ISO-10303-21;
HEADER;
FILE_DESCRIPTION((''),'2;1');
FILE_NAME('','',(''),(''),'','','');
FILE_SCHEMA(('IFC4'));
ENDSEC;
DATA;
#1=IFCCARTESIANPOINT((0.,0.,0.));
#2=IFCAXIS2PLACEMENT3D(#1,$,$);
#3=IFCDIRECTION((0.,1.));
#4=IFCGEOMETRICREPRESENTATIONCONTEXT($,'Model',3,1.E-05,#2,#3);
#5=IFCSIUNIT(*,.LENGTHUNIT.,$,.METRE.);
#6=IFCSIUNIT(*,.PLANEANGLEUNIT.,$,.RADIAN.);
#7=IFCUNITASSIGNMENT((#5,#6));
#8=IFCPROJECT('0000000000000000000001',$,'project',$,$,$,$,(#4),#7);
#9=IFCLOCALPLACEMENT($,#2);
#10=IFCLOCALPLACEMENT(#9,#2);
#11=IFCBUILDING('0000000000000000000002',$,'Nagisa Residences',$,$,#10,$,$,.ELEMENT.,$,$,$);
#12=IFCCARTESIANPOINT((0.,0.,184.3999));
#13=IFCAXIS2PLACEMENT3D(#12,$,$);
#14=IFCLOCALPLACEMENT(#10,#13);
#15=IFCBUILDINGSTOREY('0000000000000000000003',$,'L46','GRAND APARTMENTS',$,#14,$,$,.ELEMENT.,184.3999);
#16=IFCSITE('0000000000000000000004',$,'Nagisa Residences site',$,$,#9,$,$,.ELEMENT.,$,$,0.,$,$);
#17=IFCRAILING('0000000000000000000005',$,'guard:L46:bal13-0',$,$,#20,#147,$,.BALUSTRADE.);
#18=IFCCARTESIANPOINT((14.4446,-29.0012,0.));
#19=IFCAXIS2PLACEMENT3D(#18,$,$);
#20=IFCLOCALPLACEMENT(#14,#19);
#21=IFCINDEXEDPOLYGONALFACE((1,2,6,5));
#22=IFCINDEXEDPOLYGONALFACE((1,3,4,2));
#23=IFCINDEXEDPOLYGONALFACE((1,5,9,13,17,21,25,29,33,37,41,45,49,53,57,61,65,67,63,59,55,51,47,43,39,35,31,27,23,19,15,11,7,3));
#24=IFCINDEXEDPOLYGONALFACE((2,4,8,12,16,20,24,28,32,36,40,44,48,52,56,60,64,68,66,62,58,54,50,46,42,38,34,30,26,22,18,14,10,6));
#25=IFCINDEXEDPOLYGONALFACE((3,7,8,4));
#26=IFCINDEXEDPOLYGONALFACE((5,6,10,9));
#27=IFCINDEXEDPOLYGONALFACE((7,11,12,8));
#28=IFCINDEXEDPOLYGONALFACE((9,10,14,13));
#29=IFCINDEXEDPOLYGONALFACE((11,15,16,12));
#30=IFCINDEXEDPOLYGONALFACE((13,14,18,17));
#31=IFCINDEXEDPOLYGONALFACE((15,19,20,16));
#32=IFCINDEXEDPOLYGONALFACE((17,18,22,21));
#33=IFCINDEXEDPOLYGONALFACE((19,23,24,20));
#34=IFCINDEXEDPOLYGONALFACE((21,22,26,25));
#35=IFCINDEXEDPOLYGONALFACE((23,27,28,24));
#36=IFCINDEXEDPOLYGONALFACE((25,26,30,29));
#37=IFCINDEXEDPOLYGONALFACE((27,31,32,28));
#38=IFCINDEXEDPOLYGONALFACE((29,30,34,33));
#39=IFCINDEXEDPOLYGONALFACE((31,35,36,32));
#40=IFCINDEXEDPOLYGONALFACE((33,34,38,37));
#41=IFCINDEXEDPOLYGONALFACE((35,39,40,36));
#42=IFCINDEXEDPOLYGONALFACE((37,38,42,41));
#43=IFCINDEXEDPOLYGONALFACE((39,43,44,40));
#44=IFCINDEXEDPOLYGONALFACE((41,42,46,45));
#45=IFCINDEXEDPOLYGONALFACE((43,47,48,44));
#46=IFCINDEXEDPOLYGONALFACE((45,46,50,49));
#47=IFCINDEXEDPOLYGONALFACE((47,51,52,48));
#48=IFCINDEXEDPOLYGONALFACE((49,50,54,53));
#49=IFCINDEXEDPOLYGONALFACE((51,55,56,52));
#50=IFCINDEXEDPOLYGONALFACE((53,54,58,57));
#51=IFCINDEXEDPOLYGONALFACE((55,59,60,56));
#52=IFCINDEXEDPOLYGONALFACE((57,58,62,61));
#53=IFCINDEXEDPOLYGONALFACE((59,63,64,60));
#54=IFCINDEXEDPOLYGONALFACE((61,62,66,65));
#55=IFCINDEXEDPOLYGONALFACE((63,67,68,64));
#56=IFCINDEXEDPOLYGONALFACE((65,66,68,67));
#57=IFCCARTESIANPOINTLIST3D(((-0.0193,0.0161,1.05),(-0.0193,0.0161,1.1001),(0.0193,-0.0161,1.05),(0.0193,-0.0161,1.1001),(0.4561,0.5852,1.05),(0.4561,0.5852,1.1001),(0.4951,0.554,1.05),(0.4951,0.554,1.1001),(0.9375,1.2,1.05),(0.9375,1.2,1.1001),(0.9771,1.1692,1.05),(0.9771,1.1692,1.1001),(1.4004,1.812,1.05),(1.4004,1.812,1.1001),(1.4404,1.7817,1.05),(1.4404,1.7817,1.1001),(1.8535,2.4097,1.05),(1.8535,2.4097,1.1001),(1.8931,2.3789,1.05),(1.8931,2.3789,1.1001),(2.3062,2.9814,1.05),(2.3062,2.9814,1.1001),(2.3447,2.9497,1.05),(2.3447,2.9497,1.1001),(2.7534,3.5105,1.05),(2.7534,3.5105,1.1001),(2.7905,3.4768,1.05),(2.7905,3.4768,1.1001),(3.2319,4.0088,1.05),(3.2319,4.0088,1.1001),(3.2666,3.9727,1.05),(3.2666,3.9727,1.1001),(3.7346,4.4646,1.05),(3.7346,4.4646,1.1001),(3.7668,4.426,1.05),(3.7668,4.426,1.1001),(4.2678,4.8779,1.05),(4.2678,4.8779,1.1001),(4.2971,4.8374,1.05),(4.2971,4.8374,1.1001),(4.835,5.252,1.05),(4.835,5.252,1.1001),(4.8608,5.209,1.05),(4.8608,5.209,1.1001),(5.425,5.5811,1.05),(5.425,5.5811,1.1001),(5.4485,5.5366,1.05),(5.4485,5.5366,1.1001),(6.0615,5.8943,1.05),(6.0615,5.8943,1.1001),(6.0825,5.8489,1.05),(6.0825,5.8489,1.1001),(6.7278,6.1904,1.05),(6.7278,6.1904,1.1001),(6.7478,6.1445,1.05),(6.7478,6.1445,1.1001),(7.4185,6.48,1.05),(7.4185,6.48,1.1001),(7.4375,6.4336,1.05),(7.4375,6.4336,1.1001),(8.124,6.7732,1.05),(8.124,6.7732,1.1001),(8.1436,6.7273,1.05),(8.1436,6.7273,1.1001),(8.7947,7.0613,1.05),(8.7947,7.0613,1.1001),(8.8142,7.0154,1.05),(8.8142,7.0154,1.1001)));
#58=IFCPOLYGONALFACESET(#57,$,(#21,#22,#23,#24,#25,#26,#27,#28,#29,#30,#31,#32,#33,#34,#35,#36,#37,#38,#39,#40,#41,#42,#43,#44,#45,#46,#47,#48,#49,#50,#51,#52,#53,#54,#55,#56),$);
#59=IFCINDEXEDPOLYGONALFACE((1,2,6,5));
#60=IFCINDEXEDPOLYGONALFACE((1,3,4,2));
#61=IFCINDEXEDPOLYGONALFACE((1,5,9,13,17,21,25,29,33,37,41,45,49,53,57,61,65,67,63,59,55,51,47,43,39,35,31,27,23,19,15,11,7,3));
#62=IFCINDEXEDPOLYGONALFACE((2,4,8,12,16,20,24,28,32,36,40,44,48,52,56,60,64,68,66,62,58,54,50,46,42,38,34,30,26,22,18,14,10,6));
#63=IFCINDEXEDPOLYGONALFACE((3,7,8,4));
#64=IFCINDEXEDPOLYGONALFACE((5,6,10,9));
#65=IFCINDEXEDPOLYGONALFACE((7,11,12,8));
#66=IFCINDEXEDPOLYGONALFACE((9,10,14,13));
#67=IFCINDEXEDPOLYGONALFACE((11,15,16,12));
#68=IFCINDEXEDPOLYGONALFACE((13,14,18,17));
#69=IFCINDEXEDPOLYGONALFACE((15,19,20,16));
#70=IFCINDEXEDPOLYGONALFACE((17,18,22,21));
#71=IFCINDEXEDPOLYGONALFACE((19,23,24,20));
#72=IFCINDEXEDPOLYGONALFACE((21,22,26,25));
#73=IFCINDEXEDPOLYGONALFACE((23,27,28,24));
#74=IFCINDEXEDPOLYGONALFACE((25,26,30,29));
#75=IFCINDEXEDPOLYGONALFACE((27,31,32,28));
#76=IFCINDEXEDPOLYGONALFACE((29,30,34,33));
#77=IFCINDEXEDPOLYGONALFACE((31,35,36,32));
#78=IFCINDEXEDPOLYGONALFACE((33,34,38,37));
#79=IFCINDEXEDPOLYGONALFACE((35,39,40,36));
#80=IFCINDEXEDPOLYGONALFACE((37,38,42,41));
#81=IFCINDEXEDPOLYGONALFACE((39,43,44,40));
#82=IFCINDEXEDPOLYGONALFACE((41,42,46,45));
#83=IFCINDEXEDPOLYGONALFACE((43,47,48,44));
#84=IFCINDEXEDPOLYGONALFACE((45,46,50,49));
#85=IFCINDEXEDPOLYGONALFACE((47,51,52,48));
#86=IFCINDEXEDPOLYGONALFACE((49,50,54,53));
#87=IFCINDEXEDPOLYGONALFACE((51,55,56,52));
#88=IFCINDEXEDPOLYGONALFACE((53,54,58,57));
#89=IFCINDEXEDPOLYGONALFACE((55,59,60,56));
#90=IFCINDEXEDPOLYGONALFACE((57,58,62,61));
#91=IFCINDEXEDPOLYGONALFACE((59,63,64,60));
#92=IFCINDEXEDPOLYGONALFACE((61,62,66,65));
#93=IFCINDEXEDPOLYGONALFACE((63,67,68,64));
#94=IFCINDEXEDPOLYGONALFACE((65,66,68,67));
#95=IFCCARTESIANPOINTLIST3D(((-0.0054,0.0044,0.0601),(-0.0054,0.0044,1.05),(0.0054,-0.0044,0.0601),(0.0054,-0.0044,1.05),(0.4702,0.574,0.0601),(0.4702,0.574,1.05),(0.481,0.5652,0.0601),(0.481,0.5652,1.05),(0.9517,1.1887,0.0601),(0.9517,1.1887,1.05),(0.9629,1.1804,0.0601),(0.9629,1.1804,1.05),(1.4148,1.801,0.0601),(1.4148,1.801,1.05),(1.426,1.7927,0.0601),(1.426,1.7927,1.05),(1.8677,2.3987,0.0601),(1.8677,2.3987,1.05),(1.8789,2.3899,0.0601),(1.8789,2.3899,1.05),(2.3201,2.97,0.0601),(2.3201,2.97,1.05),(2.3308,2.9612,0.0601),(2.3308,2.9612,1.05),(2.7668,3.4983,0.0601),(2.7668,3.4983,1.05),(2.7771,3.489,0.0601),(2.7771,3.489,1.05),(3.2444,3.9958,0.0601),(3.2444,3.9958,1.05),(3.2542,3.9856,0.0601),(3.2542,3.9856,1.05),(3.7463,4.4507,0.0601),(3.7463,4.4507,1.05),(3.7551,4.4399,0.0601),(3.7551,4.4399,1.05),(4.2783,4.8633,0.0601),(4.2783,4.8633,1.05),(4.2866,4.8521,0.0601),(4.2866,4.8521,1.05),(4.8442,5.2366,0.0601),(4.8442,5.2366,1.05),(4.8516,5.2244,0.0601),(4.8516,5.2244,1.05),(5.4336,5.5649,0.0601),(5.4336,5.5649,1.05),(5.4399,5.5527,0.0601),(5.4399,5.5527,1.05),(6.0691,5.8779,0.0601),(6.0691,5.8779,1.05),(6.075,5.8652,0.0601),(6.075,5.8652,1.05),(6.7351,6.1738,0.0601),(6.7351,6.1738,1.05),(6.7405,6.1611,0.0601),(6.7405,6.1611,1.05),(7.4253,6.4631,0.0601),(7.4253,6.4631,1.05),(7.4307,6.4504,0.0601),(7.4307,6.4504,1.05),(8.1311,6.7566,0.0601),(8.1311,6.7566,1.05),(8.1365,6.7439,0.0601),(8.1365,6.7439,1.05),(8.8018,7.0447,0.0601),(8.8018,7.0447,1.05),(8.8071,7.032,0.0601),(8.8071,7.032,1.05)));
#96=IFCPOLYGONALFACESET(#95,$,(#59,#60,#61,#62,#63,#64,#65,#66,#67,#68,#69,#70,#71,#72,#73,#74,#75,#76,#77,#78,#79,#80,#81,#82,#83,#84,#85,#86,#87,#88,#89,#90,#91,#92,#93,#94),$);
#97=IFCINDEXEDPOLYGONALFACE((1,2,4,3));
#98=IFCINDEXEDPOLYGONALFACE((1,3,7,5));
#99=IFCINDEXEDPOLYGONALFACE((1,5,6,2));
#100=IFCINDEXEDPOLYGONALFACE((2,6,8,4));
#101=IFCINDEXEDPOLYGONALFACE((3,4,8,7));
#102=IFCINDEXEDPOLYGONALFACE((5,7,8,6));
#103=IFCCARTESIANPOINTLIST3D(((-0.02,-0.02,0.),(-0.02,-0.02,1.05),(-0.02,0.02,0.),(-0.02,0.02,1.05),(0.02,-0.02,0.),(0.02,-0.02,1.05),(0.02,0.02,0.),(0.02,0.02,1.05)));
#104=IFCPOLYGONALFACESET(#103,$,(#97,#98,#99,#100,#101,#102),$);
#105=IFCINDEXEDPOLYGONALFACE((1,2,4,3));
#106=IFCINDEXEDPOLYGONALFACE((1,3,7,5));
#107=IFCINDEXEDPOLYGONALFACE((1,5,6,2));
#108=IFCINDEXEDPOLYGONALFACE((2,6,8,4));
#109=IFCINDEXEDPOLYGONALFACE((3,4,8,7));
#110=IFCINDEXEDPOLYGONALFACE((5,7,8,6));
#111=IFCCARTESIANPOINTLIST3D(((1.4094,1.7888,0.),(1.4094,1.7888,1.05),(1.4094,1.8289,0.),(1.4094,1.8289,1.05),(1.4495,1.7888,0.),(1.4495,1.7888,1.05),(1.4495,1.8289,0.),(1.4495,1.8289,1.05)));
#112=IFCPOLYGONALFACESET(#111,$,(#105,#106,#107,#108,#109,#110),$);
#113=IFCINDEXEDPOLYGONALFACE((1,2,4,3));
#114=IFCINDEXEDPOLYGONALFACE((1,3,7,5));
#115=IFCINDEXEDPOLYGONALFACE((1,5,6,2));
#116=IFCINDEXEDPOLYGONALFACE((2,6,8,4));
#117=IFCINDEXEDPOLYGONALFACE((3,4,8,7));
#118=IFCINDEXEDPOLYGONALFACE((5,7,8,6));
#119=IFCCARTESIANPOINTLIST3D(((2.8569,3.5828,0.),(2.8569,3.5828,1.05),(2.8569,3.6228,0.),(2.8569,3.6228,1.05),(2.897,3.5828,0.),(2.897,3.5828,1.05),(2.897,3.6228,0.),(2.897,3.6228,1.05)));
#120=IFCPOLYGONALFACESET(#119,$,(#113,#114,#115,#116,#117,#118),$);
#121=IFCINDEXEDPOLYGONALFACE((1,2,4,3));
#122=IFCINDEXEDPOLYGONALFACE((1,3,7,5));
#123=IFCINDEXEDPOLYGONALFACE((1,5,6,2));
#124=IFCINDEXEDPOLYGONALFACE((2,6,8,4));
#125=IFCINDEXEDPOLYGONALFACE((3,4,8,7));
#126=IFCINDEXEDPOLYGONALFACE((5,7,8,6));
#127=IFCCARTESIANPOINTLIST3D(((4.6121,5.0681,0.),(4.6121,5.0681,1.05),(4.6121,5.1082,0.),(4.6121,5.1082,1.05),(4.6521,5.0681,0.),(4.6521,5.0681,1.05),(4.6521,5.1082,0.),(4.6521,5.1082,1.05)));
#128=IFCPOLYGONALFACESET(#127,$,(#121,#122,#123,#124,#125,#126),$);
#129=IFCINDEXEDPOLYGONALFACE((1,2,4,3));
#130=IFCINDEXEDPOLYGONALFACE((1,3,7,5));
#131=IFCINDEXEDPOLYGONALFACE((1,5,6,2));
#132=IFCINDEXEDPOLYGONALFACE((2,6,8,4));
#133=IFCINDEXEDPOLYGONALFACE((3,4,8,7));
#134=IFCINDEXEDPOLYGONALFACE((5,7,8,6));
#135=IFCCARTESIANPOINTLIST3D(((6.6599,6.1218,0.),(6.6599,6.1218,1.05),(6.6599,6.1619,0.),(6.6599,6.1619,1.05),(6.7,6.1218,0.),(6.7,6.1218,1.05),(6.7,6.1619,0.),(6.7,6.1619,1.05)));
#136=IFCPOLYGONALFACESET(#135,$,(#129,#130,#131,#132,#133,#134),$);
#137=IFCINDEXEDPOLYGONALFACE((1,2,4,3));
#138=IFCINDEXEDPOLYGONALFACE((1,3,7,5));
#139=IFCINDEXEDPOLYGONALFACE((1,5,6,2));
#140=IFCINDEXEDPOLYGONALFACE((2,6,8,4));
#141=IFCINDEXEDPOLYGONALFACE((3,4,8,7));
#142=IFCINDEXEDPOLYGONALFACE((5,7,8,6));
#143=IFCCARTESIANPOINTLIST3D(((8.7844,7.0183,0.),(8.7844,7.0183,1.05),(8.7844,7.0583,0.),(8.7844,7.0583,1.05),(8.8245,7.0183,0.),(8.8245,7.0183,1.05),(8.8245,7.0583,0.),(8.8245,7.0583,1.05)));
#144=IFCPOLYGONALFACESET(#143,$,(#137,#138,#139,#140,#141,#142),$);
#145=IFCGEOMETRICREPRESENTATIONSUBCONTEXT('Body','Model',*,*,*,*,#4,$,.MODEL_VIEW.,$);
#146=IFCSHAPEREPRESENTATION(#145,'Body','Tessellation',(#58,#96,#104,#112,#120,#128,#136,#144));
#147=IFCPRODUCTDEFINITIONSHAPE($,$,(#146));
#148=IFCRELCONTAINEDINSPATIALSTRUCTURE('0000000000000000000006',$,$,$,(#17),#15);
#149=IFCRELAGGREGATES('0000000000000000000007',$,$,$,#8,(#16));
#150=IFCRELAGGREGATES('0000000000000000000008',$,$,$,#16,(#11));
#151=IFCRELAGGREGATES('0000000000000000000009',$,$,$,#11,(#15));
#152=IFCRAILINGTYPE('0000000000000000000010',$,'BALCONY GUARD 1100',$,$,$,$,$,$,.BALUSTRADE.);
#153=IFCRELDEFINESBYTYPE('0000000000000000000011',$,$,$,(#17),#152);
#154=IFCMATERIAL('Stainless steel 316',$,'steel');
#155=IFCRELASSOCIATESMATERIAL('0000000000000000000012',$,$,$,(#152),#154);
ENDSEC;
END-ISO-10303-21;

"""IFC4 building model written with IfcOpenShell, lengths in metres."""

from ifc_helpers import new_model, si_unit, direction, frame, origin, origin_2d, place, context, subcontext, project, spatial, polyline, rectangle, outline, extrude, material, type_object, element, save


model = new_model("IFC4")

# Units and contexts
model_context = context("Model", 3, precision=1e-05, world=origin(), true_north=direction((0.0, 1.0)))
body_context = subcontext(model_context, "Body", "Model", "MODEL_VIEW")
ifc_project = project(units=[si_unit("LENGTHUNIT", "METRE"), si_unit("PLANEANGLEUNIT", "RADIAN")], contexts=[model_context])

# Site, building, storey
site_placement = place(None, origin())
site = spatial("IfcSite", under=ifc_project, at=site_placement, Name="Nagisa Residences site", CompositionType="ELEMENT", RefElevation=0.0)
building_placement = place(site_placement, origin())
building = spatial("IfcBuilding", under=site, at=building_placement, Name="Nagisa Residences", CompositionType="ELEMENT")
storey_placement = place(building_placement, frame((0.0, 0.0, 184.3999)))
storey = spatial("IfcBuildingStorey", under=building, at=storey_placement, Name="L46", Description="GRAND APARTMENTS", CompositionType="ELEMENT", Elevation=184.3999)

# Railing
ifc_material_1 = material(Name="Stainless steel 316", Category="steel")
railing_type = type_object("IfcRailingType", Name="BALCONY GUARD 1100", PredefinedType="BALUSTRADE", material=ifc_material_1)
railing_1_placement = place(storey_placement, frame((14.4446, -29.0012, 0.0)))
element("IfcRailing", 1, at=railing_1_placement, inside=storey, type_object=railing_type, Name="guard:L46:bal13-0", PredefinedType="BALUSTRADE", context=body_context, shape_type="SweptSolid", body=[
    extrude(outline(polyline([(0.4561, 0.5852), (-0.0193, 0.0161), (0.0193, -0.0161), (0.4951, 0.554), (0.9771, 1.1692), (1.4404, 1.7817), (1.8931, 2.3789), (2.3447, 2.9497), (2.7905, 3.4768), (3.2666, 3.9727), (3.7668, 4.426), (4.2971, 4.8374), (4.8608, 5.209), (5.4485, 5.5366), (6.0825, 5.8489), (6.7478, 6.1445), (7.4375, 6.4336), (8.1436, 6.7273), (8.8142, 7.0154), (8.7947, 7.0613), (8.124, 6.7732), (7.4185, 6.48), (6.7278, 6.1904), (6.0615, 5.8943), (5.425, 5.5811), (4.835, 5.252), (4.2678, 4.8779), (3.7346, 4.4646), (3.2319, 4.0088), (2.7534, 3.5105), (2.3062, 2.9814), (1.8535, 2.4097), (1.4004, 1.812), (0.9375, 1.2), (0.4561, 0.5852)])), frame((0.0, 0.0, 1.05)), (0.0, 0.0, 1.0), 0.05),
    extrude(outline(polyline([(0.4702, 0.574), (-0.0054, 0.0044), (0.0054, -0.0044), (0.481, 0.5652), (0.9629, 1.1804), (1.426, 1.7927), (1.8789, 2.3899), (2.3308, 2.9612), (2.7771, 3.489), (3.2542, 3.9856), (3.7551, 4.4399), (4.2866, 4.8521), (4.8516, 5.2244), (5.4399, 5.5527), (6.075, 5.8652), (6.7405, 6.1611), (7.4307, 6.4504), (8.1365, 6.7439), (8.8071, 7.032), (8.8018, 7.0447), (8.1311, 6.7566), (7.4253, 6.4631), (6.7351, 6.1738), (6.0691, 5.8779), (5.4336, 5.5649), (4.8442, 5.2366), (4.2783, 4.8633), (3.7463, 4.4507), (3.2444, 3.9958), (2.7668, 3.4983), (2.3201, 2.97), (1.8677, 2.3987), (1.4148, 1.801), (0.9517, 1.1887), (0.4702, 0.574)])), frame((0.0, 0.0, 0.0601)), (0.0, 0.0, 1.0), 0.99),
    extrude(rectangle(XDim=0.04, YDim=0.04, at=origin_2d()), origin(), (0.0, 0.0, 1.0), 1.05),
    extrude(rectangle(XDim=0.04, YDim=0.04, at=origin_2d()), frame((1.4294, 1.8088, 0.0)), (0.0, 0.0, 1.0), 1.05),
    extrude(rectangle(XDim=0.04, YDim=0.04, at=origin_2d()), frame((2.877, 3.6028, 0.0)), (0.0, 0.0, 1.0), 1.05),
    extrude(rectangle(XDim=0.04, YDim=0.04, at=origin_2d()), frame((4.6321, 5.0881, 0.0)), (0.0, 0.0, 1.0), 1.05),
    extrude(rectangle(XDim=0.04, YDim=0.04, at=origin_2d()), frame((6.6799, 6.1418, 0.0)), (0.0, 0.0, 1.0), 1.05),
    extrude(rectangle(XDim=0.04, YDim=0.04, at=origin_2d()), frame((8.8044, 7.0383, 0.0)), (0.0, 0.0, 1.0), 1.05),
])

save(model, "model.ifc")
